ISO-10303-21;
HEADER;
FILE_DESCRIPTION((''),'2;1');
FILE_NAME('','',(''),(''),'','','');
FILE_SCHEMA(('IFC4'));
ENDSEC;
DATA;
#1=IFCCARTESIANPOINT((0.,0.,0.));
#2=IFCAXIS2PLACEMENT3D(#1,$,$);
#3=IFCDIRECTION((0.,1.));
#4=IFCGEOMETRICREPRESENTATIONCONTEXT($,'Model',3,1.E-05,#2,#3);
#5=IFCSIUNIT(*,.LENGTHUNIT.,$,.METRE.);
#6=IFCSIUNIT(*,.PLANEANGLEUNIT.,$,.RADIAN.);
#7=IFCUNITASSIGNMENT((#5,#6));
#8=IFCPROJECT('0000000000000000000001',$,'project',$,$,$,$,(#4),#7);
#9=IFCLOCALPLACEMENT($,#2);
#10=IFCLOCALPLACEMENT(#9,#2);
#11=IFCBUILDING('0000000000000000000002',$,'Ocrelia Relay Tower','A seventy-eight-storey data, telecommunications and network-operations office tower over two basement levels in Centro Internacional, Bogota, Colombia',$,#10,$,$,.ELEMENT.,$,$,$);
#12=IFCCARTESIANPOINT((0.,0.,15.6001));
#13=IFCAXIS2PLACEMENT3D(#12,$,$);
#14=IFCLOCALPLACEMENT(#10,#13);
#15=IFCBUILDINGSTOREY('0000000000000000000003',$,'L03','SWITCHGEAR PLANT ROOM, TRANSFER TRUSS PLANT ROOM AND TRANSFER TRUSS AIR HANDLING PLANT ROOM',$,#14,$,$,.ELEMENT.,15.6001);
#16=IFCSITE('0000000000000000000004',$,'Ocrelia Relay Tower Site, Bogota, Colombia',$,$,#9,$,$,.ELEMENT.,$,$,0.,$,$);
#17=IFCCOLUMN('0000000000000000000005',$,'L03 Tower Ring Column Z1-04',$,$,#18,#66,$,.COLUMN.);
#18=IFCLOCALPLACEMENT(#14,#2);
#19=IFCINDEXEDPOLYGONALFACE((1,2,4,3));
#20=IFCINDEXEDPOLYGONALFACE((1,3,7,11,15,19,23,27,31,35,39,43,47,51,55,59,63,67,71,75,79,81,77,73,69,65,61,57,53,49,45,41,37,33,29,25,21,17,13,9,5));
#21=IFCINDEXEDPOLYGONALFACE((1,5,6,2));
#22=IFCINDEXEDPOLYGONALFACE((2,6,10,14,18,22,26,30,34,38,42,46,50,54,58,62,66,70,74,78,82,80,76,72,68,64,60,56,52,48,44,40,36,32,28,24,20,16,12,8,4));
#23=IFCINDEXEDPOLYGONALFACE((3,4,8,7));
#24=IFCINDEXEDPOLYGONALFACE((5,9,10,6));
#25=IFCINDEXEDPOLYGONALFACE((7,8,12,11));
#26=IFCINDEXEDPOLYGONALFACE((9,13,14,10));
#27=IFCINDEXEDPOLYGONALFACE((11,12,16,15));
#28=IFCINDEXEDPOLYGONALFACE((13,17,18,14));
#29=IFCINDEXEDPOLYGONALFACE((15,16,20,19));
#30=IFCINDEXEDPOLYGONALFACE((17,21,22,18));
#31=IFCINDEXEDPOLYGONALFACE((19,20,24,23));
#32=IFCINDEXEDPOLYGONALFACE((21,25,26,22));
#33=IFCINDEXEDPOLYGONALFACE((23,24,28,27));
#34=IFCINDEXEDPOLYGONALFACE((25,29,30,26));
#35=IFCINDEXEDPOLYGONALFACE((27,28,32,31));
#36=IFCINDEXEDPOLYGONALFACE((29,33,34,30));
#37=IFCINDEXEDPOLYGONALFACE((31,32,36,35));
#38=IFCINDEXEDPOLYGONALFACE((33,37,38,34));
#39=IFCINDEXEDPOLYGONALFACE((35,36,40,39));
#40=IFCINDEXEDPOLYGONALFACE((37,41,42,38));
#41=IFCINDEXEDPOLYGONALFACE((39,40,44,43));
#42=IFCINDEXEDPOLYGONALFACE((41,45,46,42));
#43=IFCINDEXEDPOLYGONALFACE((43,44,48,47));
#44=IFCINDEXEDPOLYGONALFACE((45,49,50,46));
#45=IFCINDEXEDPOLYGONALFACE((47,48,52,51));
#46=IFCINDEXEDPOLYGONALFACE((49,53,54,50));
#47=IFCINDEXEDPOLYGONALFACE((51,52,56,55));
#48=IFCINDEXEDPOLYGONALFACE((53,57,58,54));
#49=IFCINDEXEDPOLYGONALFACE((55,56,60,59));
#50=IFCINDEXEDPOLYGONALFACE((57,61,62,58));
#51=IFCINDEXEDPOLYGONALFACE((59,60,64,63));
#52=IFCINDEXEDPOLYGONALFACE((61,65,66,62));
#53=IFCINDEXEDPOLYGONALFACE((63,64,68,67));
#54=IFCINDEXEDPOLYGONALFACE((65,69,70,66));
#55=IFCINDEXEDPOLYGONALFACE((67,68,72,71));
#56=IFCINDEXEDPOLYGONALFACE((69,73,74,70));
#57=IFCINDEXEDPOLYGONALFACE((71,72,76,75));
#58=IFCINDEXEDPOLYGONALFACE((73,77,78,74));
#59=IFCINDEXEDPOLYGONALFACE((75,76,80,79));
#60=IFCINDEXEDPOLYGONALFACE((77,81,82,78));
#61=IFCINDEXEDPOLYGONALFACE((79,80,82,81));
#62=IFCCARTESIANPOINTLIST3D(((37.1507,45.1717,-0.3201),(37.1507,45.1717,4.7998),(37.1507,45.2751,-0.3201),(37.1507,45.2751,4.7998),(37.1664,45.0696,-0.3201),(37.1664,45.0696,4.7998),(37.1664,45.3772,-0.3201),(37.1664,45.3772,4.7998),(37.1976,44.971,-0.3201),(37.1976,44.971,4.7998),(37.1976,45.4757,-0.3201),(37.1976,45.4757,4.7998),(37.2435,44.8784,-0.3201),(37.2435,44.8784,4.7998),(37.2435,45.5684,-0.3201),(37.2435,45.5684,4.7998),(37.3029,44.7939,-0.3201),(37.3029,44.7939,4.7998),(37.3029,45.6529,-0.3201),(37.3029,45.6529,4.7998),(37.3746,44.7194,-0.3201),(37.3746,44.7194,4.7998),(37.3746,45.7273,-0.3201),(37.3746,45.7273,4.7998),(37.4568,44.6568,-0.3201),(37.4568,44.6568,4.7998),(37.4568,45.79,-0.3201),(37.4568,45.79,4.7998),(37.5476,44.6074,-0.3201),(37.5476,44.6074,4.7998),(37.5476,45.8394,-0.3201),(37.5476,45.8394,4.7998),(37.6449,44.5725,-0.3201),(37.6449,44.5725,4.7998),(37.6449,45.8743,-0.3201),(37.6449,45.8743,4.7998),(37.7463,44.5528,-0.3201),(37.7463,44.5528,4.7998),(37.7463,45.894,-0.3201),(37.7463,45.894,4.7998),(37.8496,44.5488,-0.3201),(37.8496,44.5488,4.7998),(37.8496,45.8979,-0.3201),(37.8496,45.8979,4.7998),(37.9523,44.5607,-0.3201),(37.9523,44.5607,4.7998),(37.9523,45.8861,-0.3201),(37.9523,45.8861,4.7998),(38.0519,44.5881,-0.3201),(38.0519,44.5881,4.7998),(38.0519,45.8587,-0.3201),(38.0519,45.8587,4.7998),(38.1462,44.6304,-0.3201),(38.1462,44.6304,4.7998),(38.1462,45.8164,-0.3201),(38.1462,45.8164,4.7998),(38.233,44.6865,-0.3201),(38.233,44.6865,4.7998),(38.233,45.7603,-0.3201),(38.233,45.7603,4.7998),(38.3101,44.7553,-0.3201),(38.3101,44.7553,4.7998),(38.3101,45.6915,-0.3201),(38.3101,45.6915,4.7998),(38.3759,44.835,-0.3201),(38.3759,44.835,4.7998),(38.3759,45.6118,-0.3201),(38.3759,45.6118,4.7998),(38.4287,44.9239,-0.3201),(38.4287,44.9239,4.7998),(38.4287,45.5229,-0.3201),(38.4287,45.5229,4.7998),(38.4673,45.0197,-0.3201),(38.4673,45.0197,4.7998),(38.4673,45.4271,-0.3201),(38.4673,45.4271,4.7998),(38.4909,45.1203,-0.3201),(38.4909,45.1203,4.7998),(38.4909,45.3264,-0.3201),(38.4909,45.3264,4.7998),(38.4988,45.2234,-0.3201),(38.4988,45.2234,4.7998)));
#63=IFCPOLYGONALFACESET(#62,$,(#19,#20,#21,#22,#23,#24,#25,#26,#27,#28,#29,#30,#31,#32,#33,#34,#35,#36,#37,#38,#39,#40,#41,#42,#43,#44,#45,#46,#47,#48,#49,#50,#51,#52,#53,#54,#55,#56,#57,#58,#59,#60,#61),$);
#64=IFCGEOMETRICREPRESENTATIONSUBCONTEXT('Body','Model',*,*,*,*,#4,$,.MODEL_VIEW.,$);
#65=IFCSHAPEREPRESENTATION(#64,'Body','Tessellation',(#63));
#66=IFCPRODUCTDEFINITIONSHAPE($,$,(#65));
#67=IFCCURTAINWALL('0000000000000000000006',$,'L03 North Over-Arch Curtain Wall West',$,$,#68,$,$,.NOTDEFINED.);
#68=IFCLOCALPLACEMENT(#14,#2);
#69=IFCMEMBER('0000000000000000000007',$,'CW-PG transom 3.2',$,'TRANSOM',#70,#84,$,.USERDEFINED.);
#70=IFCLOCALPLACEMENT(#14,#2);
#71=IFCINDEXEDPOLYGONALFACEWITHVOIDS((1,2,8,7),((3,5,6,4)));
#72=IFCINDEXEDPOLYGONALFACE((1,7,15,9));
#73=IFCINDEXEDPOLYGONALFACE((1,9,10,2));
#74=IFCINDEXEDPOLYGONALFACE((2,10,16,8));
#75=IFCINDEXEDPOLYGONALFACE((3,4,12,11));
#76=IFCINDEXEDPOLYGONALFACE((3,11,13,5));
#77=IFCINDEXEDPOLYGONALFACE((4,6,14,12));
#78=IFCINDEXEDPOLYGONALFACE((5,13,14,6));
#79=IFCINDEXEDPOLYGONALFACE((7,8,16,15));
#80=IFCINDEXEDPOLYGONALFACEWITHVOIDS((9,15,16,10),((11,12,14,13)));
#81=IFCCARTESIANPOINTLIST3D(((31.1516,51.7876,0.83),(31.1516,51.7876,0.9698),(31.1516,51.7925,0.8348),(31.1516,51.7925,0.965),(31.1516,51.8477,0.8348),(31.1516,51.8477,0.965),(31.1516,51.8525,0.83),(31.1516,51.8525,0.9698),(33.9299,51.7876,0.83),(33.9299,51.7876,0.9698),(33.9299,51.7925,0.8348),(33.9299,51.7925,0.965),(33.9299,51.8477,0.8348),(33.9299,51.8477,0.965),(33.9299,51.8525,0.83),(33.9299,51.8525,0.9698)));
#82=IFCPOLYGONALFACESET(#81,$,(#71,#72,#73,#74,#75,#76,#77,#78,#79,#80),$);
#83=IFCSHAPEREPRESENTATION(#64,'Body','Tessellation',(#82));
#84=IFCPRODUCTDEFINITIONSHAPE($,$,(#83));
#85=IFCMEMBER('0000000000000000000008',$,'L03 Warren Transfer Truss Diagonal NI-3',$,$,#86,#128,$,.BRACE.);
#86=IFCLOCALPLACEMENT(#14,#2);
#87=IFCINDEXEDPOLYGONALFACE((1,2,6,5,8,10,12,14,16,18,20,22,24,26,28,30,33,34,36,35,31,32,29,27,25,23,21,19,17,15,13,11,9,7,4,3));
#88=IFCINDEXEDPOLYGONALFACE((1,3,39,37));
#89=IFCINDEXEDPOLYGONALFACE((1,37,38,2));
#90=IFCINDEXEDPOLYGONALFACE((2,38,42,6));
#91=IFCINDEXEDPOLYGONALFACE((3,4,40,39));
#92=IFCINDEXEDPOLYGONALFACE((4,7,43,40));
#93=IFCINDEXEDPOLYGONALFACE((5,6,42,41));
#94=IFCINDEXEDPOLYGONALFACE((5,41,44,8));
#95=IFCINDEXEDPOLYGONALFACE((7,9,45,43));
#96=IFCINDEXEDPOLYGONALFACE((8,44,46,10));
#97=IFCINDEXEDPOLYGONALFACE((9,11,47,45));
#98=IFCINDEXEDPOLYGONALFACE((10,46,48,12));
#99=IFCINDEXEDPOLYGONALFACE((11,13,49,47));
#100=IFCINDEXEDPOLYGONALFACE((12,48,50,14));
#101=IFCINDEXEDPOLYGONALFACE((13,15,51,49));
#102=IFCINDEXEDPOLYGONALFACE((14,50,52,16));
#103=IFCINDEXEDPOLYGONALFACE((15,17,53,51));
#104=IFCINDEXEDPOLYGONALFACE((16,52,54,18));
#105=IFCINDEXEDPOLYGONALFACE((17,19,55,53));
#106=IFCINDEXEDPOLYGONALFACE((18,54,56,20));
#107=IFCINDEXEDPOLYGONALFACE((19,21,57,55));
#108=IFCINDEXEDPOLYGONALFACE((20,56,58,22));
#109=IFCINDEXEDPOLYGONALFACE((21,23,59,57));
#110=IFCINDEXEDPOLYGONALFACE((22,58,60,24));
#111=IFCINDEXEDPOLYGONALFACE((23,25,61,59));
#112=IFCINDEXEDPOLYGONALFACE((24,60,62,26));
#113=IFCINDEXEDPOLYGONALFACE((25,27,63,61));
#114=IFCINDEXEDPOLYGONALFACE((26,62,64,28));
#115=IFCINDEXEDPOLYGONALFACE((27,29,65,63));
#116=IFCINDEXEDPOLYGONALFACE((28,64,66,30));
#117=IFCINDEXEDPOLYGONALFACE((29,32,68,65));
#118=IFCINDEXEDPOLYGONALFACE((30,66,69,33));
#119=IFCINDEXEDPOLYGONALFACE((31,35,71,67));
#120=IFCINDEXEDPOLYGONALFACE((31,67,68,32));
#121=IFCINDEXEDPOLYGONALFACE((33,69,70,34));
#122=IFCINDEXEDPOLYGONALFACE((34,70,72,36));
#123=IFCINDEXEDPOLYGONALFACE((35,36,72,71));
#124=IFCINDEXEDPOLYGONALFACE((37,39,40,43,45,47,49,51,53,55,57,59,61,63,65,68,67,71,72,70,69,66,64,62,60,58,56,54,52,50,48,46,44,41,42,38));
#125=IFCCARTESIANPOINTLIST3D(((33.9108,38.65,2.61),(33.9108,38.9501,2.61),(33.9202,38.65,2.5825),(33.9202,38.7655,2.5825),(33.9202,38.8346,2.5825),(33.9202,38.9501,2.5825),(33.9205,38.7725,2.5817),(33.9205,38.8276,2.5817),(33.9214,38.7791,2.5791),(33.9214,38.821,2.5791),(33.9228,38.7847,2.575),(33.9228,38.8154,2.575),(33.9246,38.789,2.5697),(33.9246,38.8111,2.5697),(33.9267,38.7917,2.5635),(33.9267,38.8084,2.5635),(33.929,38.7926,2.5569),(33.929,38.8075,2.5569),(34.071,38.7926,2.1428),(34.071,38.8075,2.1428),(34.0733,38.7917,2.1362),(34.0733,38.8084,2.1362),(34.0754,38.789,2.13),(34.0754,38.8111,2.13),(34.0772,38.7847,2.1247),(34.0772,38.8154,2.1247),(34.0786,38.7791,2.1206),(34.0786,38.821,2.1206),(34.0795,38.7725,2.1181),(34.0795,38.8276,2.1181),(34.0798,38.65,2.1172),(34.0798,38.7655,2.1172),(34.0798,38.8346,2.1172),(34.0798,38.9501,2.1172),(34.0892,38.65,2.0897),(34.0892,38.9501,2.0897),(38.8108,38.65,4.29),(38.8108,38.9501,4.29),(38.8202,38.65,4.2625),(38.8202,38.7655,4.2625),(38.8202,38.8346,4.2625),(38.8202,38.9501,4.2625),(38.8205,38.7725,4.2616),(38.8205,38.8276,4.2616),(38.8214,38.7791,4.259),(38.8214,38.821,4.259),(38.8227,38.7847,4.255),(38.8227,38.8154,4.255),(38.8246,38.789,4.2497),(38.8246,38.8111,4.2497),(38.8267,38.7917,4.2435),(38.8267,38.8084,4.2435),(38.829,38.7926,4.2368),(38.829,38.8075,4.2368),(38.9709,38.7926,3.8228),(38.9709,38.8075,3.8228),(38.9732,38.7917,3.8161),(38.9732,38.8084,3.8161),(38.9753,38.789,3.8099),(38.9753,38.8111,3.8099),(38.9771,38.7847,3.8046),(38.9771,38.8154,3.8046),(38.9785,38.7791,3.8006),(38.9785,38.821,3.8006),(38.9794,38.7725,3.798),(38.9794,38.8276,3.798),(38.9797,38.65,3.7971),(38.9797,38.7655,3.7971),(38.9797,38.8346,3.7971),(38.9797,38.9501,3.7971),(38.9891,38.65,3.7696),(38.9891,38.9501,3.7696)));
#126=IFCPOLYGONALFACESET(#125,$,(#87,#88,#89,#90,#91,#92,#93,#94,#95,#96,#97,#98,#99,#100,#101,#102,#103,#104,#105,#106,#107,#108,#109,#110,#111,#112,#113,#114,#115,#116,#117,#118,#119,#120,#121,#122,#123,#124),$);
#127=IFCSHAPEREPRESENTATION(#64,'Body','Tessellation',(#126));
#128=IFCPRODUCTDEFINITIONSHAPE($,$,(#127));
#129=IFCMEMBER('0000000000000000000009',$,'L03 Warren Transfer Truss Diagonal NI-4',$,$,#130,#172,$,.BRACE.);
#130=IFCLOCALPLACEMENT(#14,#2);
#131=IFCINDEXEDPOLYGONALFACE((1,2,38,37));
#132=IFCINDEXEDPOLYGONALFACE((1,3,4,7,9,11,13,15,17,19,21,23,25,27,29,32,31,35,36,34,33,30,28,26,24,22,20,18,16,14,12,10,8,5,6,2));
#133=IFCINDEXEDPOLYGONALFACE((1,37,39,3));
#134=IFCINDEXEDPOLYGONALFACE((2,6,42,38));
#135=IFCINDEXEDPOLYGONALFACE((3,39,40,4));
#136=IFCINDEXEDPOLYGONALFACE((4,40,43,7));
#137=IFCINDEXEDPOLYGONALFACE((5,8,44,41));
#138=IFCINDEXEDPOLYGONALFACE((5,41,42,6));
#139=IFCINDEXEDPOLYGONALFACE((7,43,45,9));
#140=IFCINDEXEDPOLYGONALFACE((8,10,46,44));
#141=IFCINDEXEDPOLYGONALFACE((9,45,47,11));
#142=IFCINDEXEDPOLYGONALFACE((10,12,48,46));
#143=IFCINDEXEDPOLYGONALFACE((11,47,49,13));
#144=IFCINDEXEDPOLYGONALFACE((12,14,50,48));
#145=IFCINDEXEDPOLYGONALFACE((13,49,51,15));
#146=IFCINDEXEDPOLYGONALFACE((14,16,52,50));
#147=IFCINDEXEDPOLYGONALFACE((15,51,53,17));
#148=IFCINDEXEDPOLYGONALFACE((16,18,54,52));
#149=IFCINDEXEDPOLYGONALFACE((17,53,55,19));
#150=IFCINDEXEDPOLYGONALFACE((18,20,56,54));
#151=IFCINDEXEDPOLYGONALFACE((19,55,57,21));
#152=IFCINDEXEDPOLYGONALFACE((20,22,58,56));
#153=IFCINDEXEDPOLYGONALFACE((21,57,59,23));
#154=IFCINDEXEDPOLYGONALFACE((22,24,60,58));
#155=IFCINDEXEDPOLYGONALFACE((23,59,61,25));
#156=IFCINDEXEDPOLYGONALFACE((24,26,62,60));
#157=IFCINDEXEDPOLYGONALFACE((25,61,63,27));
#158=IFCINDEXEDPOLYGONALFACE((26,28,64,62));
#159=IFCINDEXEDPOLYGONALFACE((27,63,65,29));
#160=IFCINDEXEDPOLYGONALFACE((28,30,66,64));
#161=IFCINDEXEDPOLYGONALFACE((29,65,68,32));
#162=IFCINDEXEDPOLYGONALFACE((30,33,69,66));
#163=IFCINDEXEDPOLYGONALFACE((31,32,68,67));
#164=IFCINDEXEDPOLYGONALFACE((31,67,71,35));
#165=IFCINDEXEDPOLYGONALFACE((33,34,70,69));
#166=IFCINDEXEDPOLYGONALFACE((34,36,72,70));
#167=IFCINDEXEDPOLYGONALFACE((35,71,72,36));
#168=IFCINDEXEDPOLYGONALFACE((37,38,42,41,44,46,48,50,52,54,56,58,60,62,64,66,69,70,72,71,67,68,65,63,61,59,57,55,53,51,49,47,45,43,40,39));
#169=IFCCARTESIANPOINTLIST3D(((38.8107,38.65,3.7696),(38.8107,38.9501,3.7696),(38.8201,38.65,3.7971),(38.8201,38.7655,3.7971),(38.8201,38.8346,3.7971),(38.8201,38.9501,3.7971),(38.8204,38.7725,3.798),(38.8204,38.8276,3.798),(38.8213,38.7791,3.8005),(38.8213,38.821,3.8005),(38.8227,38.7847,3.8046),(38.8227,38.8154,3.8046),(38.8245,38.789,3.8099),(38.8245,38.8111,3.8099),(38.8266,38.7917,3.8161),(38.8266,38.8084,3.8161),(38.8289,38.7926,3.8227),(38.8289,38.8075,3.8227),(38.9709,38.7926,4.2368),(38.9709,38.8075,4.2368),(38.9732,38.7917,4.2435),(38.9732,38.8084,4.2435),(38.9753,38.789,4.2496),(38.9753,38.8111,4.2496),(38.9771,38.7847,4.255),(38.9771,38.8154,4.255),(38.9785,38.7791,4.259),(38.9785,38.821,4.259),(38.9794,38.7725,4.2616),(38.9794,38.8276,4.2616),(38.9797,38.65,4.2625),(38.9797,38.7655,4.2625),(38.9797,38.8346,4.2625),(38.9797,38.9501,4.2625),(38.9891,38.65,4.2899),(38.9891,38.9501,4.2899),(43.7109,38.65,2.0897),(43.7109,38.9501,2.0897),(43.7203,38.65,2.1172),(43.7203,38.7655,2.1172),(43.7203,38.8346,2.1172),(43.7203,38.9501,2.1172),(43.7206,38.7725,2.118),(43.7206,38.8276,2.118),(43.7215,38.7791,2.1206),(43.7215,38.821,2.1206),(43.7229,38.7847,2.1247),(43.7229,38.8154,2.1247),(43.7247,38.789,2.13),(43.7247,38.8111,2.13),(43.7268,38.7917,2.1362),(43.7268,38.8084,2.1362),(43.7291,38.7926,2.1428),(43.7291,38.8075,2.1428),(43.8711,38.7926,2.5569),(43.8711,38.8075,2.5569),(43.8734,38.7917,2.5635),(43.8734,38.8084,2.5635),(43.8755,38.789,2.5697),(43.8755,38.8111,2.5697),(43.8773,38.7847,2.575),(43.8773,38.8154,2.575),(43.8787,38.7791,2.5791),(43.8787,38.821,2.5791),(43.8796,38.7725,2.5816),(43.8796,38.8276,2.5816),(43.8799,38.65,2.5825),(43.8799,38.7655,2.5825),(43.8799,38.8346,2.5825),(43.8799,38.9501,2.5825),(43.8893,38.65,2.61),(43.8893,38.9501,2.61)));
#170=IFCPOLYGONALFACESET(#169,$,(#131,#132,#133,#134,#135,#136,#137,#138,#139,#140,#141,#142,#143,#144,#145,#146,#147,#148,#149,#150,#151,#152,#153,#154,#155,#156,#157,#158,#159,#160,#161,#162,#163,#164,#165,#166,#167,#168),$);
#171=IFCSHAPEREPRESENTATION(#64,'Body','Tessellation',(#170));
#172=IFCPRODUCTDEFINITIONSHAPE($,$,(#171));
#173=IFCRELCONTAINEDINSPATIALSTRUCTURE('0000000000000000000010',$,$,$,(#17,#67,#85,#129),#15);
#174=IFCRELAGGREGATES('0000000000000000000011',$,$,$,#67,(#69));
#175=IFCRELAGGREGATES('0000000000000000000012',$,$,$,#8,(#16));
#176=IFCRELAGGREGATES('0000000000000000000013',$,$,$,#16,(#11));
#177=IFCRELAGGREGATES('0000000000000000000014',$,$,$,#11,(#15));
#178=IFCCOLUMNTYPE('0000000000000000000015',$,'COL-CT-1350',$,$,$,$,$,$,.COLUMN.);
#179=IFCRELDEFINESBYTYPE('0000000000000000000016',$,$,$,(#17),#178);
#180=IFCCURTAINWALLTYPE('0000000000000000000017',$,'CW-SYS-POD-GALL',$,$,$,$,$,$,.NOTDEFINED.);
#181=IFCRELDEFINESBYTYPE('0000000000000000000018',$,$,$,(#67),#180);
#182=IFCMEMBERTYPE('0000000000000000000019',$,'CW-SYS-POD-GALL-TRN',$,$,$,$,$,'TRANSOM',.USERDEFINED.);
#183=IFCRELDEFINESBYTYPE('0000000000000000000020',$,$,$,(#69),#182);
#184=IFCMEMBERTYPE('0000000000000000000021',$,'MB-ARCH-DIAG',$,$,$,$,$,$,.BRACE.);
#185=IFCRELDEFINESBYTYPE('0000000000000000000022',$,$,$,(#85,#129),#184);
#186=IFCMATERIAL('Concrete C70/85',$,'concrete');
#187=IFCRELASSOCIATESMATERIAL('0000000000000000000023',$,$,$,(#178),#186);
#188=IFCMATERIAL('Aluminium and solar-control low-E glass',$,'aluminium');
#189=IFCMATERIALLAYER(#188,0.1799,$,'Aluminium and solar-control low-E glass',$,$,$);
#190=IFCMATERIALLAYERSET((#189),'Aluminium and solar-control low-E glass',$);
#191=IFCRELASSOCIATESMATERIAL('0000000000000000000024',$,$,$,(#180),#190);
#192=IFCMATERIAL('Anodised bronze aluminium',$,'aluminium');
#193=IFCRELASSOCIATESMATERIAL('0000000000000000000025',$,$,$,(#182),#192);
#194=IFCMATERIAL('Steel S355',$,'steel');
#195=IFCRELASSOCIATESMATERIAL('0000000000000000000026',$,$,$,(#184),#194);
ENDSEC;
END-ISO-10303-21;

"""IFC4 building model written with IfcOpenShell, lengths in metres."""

from ifc_helpers import new_model, si_unit, direction, frame, origin, origin_2d, place, context, subcontext, project, spatial, hollow_rectangle, circle, i_section, extrude, material, layer, layer_set, material_profile, profile_set, type_object, element, aggregate, save


model = new_model("IFC4")

# Units and contexts
model_context = context("Model", 3, precision=1e-05, world=origin(), true_north=direction((0.0, 1.0)))
body_context = subcontext(model_context, "Body", "Model", "MODEL_VIEW")
ifc_project = project(units=[si_unit("LENGTHUNIT", "METRE"), si_unit("PLANEANGLEUNIT", "RADIAN")], contexts=[model_context])

# Site, building, storey
site_placement = place(None, origin())
site = spatial("IfcSite", under=ifc_project, at=site_placement, Name="Ocrelia Relay Tower Site, Bogota, Colombia", CompositionType="ELEMENT", RefElevation=0.0)
building_placement = place(site_placement, origin())
building = spatial("IfcBuilding", under=site, at=building_placement, Name="Ocrelia Relay Tower", Description="A seventy-eight-storey data, telecommunications and network-operations office tower over two basement levels in Centro Internacional, Bogota, Colombia", CompositionType="ELEMENT")
storey_placement = place(building_placement, frame((0.0, 0.0, 15.6001)))
storey = spatial("IfcBuildingStorey", under=building, at=storey_placement, Name="L03", Description="SWITCHGEAR PLANT ROOM, TRANSFER TRUSS PLANT ROOM AND TRANSFER TRUSS AIR HANDLING PLANT ROOM", CompositionType="ELEMENT", Elevation=15.6001)

# Column
ifc_material_1 = material(Name="Concrete C70/85", Category="concrete")
ifc_material_profile_1 = material_profile(ifc_material_1, circle(Radius=0.675, at=origin_2d()), Name="RC-CIR-1350")
ifc_profile_set_1 = profile_set([ifc_material_profile_1], Name="Concrete C70/85")
column_type = type_object("IfcColumnType", Name="COL-CT-1350", PredefinedType="COLUMN", material=ifc_profile_set_1)
column_placement = place(storey_placement, frame((37.8237, 45.2234, -0.3201), z_axis=(0.0, 0.0, 1.0), x_axis=(1.0, 0.0, 0.0)))
element("IfcColumn", 1, at=column_placement, inside=storey, type_object=column_type, Name="L03 Tower Ring Column Z1-04", PredefinedType="COLUMN", context=body_context, shape_type="SweptSolid", body=[
    extrude(circle(Radius=0.675, at=origin_2d()), origin(), (0.0, 0.0, 1.0), 5.1199),
])

# Curtain wall, member
ifc_material_2 = material(Name="Aluminium and solar-control low-E glass", Category="aluminium")
ifc_layer_1 = layer(ifc_material_2, 0.1799, Name="Aluminium and solar-control low-E glass")
ifc_layer_set_1 = layer_set([ifc_layer_1], Name="Aluminium and solar-control low-E glass")
curtain_wall_type = type_object("IfcCurtainWallType", Name="CW-SYS-POD-GALL", PredefinedType="NOTDEFINED", material=ifc_layer_set_1)
curtain_wall_placement = place(storey_placement, origin())
curtain_wall = element("IfcCurtainWall", 2, at=curtain_wall_placement, inside=storey, type_object=curtain_wall_type, Name="L03 North Over-Arch Curtain Wall West", PredefinedType="NOTDEFINED")
ifc_material_3 = material(Name="Anodised bronze aluminium", Category="aluminium")
ifc_material_profile_2 = material_profile(ifc_material_3, hollow_rectangle(XDim=0.0649, YDim=0.1399, WallThickness=0.0049, at=origin_2d()), Name="CW-TRN-140x65")
ifc_profile_set_2 = profile_set([ifc_material_profile_2], Name="Anodised bronze aluminium")
member_type_1 = type_object("IfcMemberType", Name="CW-SYS-POD-GALL-TRN", ElementType="TRANSOM", PredefinedType="USERDEFINED", material=ifc_profile_set_2)
member_1_placement = place(storey_placement, frame((31.1516, 51.8201, 0.8999), z_axis=(1.0, 0.0, 0.0), x_axis=(0.0, 1.0, 0.0)))
member_1 = element("IfcMember", 3, at=member_1_placement, type_object=member_type_1, Name="CW-PG transom 3.2", ObjectType="TRANSOM", PredefinedType="USERDEFINED", context=body_context, shape_type="SweptSolid", body=[
    extrude(hollow_rectangle(XDim=0.0649, YDim=0.1399, WallThickness=0.0049, at=origin_2d()), origin(), (0.0, 0.0, 1.0), 2.7783),
])
aggregate(curtain_wall, [member_1])

# Members
ifc_material_4 = material(Name="Steel S355", Category="steel")
ifc_material_profile_3 = material_profile(ifc_material_4, i_section(OverallWidth=0.3, OverallDepth=0.55, WebThickness=0.0149, FlangeThickness=0.0291, FilletRadius=0.0271, at=origin_2d()), Name="HEB 550")
ifc_profile_set_3 = profile_set([ifc_material_profile_3], Name="Steel S355")
member_type_2 = type_object("IfcMemberType", Name="MB-ARCH-DIAG", PredefinedType="BRACE", material=ifc_profile_set_3)
member_2_placement = place(storey_placement, frame((34.0, 38.8, 2.3499), z_axis=(0.945948, 0.0, 0.324318), x_axis=(0.0, 1.0, 0.0)))
element("IfcMember", 4, at=member_2_placement, inside=storey, type_object=member_type_2, Name="L03 Warren Transfer Truss Diagonal NI-3", PredefinedType="BRACE", context=body_context, shape_type="SweptSolid", body=[
    extrude(i_section(OverallWidth=0.3, OverallDepth=0.55, WebThickness=0.0149, FlangeThickness=0.0291, FilletRadius=0.0271, at=origin_2d()), origin(), (0.0, 0.0, 1.0), 5.1799),
])
member_3_placement = place(storey_placement, frame((38.8999, 38.8, 4.0298), z_axis=(0.945953, 0.0, -0.324304), x_axis=(0.0, 1.0, 0.0)))
element("IfcMember", 5, at=member_3_placement, inside=storey, type_object=member_type_2, Name="L03 Warren Transfer Truss Diagonal NI-4", PredefinedType="BRACE", context=body_context, shape_type="SweptSolid", body=[
    extrude(i_section(OverallWidth=0.3, OverallDepth=0.55, WebThickness=0.0149, FlangeThickness=0.0291, FilletRadius=0.0271, at=origin_2d()), origin(), (0.0, 0.0, 1.0), 5.1802),
])

save(model, "model.ifc")
